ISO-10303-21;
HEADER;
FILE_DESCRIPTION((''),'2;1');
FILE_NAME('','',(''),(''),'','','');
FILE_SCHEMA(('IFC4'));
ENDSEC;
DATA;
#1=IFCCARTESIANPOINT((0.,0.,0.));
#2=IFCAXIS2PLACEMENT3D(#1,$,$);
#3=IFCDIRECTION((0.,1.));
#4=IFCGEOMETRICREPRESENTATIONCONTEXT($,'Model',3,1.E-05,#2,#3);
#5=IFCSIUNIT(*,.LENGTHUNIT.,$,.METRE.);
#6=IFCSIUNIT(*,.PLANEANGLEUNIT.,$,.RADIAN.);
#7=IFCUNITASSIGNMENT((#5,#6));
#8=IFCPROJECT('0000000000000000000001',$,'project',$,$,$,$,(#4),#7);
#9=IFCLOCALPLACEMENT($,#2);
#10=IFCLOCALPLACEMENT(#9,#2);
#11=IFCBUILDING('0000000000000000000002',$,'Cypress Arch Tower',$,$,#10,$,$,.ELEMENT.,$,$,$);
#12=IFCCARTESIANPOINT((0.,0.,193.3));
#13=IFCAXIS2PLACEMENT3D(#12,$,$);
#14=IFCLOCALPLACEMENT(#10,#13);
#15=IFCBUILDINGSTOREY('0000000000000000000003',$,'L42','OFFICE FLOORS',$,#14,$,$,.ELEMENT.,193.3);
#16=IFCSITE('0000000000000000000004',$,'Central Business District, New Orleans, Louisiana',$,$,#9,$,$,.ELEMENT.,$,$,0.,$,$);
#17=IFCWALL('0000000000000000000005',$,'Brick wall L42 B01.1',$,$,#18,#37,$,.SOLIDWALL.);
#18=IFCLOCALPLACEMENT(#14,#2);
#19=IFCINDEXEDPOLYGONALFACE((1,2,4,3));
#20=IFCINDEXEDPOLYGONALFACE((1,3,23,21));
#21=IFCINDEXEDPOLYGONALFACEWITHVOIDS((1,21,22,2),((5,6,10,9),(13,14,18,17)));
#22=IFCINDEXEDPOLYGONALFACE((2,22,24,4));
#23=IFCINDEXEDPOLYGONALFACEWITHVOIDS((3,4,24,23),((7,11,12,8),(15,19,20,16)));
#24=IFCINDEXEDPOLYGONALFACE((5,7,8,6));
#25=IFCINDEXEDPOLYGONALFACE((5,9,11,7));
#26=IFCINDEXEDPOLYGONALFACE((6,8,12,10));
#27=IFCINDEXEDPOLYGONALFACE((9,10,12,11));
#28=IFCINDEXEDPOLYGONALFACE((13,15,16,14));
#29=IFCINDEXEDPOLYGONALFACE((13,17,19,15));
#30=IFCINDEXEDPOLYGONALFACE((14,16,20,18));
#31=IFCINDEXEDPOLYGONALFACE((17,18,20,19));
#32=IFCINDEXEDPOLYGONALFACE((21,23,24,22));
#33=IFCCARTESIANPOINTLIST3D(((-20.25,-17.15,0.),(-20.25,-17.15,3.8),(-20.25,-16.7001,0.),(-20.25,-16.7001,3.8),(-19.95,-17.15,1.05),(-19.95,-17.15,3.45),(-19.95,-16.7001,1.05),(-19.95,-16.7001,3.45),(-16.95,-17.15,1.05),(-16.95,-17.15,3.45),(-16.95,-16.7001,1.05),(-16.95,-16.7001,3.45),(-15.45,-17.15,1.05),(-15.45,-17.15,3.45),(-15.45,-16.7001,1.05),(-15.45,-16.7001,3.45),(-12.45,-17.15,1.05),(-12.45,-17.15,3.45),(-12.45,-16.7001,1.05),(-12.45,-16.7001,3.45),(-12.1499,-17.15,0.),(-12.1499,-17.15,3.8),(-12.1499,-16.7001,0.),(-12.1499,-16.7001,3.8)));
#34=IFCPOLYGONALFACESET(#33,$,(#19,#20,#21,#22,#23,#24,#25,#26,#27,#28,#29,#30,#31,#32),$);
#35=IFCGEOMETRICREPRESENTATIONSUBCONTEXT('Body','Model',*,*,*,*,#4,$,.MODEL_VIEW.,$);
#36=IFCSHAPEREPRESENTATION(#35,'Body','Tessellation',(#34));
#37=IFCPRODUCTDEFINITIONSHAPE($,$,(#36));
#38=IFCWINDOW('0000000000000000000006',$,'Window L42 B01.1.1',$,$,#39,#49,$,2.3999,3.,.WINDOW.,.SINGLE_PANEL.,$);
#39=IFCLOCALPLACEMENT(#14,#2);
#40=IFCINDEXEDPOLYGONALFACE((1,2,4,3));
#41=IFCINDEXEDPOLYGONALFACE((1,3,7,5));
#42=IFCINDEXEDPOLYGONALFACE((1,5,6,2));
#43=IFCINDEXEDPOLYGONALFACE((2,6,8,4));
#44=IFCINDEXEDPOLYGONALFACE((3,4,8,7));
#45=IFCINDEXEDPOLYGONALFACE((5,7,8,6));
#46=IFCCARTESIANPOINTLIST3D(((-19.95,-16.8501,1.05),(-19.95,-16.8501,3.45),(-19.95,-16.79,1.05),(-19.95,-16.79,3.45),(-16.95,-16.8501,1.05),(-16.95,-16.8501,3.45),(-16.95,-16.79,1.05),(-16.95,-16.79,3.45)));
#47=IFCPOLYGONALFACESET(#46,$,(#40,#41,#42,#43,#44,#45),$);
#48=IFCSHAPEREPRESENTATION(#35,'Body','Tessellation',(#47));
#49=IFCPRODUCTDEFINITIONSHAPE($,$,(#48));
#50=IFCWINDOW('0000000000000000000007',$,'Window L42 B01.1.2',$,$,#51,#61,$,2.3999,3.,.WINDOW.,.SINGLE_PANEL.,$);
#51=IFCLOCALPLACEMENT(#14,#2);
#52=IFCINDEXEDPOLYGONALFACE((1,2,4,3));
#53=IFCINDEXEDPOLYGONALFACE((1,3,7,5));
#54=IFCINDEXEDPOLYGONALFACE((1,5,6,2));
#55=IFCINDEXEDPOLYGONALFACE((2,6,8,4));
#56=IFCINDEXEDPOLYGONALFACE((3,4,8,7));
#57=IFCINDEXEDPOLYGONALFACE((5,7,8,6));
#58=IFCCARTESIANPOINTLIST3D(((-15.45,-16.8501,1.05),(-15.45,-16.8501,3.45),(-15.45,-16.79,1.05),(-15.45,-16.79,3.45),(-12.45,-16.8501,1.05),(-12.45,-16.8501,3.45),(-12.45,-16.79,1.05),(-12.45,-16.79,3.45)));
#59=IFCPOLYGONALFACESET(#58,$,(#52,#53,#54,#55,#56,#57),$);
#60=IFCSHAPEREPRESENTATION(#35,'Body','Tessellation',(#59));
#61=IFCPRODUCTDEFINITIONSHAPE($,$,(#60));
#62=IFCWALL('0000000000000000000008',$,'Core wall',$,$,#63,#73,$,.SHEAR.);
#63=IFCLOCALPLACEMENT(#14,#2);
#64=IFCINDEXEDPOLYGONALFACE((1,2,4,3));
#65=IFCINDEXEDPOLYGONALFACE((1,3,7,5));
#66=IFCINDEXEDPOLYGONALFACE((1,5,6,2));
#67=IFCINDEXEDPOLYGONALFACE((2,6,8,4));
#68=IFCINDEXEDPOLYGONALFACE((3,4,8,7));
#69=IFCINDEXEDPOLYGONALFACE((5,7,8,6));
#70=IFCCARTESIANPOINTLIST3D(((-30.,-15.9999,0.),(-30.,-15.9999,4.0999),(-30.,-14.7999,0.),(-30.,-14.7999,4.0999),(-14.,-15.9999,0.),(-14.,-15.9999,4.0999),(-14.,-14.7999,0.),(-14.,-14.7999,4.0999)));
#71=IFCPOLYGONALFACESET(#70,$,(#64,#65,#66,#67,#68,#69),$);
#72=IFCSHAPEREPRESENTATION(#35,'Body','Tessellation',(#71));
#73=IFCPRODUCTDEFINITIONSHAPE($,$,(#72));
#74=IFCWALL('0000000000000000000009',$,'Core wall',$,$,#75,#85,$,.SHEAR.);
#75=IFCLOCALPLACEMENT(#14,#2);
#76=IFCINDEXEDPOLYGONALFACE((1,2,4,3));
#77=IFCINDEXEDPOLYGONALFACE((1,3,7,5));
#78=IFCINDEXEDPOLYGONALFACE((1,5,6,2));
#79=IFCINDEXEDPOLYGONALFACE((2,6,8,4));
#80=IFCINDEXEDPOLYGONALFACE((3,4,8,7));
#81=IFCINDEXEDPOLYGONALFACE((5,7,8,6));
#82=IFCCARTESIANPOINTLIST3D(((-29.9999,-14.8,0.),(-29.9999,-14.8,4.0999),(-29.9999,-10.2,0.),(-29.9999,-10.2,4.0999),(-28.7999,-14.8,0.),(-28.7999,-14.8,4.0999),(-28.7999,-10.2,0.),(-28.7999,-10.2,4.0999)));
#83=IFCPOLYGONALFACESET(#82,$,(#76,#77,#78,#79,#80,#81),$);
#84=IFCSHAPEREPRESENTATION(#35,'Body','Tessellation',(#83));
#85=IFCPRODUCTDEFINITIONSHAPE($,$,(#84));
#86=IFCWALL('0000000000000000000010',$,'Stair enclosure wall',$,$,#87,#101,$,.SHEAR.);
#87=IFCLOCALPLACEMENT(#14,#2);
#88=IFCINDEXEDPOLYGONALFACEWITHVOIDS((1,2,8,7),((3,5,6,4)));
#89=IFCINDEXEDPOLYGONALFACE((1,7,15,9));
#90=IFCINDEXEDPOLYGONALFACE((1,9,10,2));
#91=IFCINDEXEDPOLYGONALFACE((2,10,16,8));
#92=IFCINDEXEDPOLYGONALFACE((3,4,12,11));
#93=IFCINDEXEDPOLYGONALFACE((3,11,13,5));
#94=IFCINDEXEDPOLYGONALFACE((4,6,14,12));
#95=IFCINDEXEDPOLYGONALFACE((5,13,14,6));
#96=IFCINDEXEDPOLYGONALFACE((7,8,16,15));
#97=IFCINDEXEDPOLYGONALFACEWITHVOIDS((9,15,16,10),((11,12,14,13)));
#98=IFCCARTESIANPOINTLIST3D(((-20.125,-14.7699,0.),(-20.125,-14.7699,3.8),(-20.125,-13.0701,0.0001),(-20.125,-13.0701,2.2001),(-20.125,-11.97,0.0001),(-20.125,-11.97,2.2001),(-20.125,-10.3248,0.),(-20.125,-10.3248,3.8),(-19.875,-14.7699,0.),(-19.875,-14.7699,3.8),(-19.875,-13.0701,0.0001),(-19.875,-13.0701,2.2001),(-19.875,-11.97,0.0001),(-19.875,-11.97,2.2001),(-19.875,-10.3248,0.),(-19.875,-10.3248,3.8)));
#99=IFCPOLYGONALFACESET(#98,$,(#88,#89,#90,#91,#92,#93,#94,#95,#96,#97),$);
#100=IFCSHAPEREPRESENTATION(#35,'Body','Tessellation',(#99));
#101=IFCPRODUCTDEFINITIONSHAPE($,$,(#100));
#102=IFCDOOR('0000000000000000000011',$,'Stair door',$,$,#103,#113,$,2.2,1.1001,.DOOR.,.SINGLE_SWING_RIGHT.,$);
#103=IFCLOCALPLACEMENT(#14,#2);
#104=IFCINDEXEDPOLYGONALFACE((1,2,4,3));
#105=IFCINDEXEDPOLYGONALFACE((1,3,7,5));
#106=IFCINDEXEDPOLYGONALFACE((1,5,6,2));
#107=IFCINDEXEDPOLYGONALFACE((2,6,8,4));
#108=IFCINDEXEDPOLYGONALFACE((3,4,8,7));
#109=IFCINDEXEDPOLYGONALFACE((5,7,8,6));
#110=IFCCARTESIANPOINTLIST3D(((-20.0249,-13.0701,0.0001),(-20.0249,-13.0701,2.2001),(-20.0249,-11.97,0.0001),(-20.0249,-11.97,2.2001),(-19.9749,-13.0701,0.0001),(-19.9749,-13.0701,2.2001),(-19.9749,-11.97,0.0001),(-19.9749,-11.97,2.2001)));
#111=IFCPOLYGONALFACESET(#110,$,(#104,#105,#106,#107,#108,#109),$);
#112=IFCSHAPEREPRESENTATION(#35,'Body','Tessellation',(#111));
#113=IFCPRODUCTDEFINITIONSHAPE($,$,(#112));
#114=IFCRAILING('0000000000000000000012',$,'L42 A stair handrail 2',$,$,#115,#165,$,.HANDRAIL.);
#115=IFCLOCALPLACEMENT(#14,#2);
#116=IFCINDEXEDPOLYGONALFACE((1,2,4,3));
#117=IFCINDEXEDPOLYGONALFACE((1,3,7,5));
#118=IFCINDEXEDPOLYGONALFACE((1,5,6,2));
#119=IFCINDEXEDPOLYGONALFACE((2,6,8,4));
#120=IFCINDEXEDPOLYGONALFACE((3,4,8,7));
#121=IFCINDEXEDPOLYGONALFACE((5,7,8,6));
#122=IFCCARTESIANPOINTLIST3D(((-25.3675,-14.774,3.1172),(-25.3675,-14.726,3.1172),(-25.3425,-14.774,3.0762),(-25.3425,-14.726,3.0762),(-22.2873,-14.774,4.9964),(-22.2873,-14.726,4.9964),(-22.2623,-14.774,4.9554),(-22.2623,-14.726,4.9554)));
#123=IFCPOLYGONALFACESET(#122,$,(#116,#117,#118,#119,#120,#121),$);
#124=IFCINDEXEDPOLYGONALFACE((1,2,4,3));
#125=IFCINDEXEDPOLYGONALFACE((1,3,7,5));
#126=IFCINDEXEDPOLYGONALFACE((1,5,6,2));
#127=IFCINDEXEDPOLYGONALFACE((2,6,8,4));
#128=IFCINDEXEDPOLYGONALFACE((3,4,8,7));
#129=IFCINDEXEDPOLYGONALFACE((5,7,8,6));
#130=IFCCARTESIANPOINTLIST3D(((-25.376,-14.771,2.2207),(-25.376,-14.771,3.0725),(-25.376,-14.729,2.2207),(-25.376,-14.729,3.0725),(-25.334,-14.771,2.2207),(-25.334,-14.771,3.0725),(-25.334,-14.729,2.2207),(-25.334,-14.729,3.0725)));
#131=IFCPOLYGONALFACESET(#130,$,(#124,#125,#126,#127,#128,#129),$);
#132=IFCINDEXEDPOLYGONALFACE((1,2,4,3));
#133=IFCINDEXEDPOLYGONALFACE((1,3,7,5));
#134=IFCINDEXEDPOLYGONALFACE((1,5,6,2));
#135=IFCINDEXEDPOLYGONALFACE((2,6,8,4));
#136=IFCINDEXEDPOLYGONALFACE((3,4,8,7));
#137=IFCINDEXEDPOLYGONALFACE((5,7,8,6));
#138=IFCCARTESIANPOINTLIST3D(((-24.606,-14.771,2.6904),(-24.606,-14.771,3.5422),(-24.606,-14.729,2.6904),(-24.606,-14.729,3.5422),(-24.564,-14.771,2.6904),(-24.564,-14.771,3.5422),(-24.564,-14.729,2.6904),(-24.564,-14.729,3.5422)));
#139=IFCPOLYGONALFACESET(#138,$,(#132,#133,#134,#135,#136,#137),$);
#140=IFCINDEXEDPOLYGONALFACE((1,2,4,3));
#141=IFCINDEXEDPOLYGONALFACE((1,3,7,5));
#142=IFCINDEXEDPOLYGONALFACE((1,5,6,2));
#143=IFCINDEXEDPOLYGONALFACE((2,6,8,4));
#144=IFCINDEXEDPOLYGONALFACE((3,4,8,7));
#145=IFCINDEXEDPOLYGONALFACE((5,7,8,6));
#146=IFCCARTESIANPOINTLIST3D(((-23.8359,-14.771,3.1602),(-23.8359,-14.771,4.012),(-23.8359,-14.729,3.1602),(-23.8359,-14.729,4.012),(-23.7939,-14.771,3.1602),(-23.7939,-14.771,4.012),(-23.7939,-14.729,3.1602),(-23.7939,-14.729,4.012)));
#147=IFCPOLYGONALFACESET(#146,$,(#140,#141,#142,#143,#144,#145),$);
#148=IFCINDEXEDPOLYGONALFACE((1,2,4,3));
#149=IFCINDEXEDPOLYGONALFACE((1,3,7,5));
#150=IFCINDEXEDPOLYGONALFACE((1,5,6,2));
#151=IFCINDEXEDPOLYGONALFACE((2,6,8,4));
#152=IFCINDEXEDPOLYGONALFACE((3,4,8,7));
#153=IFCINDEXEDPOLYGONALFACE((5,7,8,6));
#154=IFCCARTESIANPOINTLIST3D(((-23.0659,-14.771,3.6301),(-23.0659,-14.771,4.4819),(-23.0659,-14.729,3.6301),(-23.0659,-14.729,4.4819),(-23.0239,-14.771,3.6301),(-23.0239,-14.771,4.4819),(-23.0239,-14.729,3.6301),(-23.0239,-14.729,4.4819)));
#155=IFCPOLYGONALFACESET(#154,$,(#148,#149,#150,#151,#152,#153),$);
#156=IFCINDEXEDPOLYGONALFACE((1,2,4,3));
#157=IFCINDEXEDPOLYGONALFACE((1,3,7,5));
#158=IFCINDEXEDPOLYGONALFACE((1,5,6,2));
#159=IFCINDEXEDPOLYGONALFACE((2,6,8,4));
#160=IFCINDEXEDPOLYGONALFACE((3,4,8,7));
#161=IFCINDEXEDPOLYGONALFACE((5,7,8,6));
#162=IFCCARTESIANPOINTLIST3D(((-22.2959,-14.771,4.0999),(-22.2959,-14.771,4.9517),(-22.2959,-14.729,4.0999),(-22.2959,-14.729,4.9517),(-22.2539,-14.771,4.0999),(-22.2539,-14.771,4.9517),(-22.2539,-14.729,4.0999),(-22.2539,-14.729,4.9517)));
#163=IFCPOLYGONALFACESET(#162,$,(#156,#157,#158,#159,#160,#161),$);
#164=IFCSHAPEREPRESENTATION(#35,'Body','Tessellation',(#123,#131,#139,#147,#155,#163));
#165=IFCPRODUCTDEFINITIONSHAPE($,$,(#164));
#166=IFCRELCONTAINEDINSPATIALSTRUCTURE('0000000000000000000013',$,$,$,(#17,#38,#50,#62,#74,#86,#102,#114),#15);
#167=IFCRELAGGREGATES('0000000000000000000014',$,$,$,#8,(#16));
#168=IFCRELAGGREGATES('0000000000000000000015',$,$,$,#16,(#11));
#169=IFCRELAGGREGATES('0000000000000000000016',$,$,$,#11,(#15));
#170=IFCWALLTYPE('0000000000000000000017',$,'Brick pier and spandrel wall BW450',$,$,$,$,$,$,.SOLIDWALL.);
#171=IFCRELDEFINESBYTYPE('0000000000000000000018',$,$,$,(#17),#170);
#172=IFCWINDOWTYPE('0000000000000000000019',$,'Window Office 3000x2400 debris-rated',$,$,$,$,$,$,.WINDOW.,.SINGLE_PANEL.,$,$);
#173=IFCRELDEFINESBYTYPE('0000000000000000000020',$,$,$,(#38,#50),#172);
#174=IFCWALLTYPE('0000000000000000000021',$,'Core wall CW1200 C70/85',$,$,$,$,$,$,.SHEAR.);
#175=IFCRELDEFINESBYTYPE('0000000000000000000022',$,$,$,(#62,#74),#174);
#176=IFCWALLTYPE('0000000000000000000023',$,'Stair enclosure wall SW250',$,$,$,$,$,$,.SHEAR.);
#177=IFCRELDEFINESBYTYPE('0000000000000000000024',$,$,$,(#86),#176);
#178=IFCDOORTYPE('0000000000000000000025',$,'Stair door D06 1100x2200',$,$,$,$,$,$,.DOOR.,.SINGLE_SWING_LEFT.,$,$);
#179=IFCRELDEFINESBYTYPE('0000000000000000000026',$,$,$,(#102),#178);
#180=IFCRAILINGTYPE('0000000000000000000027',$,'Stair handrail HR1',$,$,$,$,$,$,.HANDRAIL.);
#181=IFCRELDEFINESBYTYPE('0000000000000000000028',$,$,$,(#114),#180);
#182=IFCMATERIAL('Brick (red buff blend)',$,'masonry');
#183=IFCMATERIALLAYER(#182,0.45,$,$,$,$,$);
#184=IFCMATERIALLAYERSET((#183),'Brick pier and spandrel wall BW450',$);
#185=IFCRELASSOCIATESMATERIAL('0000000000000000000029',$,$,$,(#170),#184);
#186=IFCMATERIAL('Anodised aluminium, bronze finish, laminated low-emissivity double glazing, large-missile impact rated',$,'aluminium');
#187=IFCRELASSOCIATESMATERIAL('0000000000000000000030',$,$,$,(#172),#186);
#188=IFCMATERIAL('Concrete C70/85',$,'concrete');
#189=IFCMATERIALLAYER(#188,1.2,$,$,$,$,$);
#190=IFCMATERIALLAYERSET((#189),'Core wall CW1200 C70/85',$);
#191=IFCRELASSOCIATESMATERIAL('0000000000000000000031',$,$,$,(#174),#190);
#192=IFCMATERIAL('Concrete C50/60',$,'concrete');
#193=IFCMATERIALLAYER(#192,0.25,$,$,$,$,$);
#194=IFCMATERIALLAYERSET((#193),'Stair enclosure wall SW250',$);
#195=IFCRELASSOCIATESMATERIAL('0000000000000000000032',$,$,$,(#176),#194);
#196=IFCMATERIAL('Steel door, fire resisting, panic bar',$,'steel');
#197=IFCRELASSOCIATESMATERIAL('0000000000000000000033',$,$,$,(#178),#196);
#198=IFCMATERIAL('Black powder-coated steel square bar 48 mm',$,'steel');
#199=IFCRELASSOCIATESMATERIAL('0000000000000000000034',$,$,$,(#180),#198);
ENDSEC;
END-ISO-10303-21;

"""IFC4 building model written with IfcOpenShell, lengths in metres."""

from ifc_helpers import new_model, si_unit, direction, frame, frame_2d, origin, origin_2d, place, context, subcontext, project, spatial, rectangle, extrude, material, layer, layer_set, type_object, element, fill, save


model = new_model("IFC4")

# Units and contexts
model_context = context("Model", 3, precision=1e-05, world=origin(), true_north=direction((0.0, 1.0)))
body_context = subcontext(model_context, "Body", "Model", "MODEL_VIEW")
ifc_project = project(units=[si_unit("LENGTHUNIT", "METRE"), si_unit("PLANEANGLEUNIT", "RADIAN")], contexts=[model_context])

# Site, building, storey
site_placement = place(None, origin())
site = spatial("IfcSite", under=ifc_project, at=site_placement, Name="Central Business District, New Orleans, Louisiana", CompositionType="ELEMENT", RefElevation=0.0)
building_placement = place(site_placement, origin())
building = spatial("IfcBuilding", under=site, at=building_placement, Name="Cypress Arch Tower", CompositionType="ELEMENT")
storey_placement = place(building_placement, frame((0.0, 0.0, 193.3)))
storey = spatial("IfcBuildingStorey", under=building, at=storey_placement, Name="L42", Description="OFFICE FLOORS", CompositionType="ELEMENT", Elevation=193.3)

# Shared definitions
ifc_material_1 = material(Name="Brick (red buff blend)", Category="masonry")
ifc_layer_1 = layer(ifc_material_1, 0.45)
ifc_layer_set_1 = layer_set([ifc_layer_1], Name="Brick pier and spandrel wall BW450")
wall_type_1 = type_object("IfcWallType", Name="Brick pier and spandrel wall BW450", PredefinedType="SOLIDWALL", material=ifc_layer_set_1)
ifc_material_2 = material(Name="Anodised aluminium, bronze finish, laminated low-emissivity double glazing, large-missile impact rated", Category="aluminium")
window_type = type_object("IfcWindowType", Name="Window Office 3000x2400 debris-rated", PartitioningType="SINGLE_PANEL", PredefinedType="WINDOW", material=ifc_material_2)

# Wall, openings, windows
wall_1_placement = place(storey_placement, frame((-20.25, -16.925, 0.0), z_axis=(0.0, 0.0, 1.0), x_axis=(1.0, 0.0, 0.0)))
wall_1 = element("IfcWall", 1, at=wall_1_placement, inside=storey, type_object=wall_type_1, Name="Brick wall L42 B01.1", PredefinedType="SOLIDWALL", context=body_context, shape_type="SweptSolid", body=[
    extrude(rectangle(XDim=8.1001, YDim=0.45, at=frame_2d((4.05, 0.0))), origin(), (0.0, 0.0, 1.0), 3.8),
])
opening_1_placement = place(wall_1_placement, frame((0.3, 0.0, 1.05)))
opening_1 = element("IfcOpeningElement", 2, at=opening_1_placement, cuts=wall_1, PredefinedType="OPENING", context=body_context, shape_type="SweptSolid", body=[
    extrude(rectangle(XDim=3.0, YDim=2.3999, at=frame_2d((1.5, 1.2))), frame((0.0, 0.2349, 0.0), z_axis=(0.0, -1.0, 0.0), x_axis=(1.0, 0.0, 0.0)), (0.0, 0.0, 1.0), 0.47),
])
opening_2_placement = place(wall_1_placement, frame((4.8, 0.0, 1.05)))
opening_2 = element("IfcOpeningElement", 3, at=opening_2_placement, cuts=wall_1, PredefinedType="OPENING", context=body_context, shape_type="SweptSolid", body=[
    extrude(rectangle(XDim=3.0, YDim=2.3999, at=frame_2d((1.5, 1.2))), frame((0.0, 0.2349, 0.0), z_axis=(0.0, -1.0, 0.0), x_axis=(1.0, 0.0, 0.0)), (0.0, 0.0, 1.0), 0.47),
])
window_1_placement = place(opening_1_placement, origin())
window_1 = element("IfcWindow", 4, at=window_1_placement, inside=storey, type_object=window_type, Name="Window L42 B01.1.1", OverallHeight=2.3999, OverallWidth=3.0, PartitioningType="SINGLE_PANEL", PredefinedType="WINDOW", context=body_context, shape_type="SweptSolid", body=[
    extrude(rectangle(XDim=3.0, YDim=2.3999, at=frame_2d((1.5, 1.2))), frame((0.0, 0.135, 0.0), z_axis=(0.0, -1.0, 0.0), x_axis=(1.0, 0.0, 0.0)), (0.0, 0.0, 1.0), 0.0601),
])
fill(opening_1, window_1)
window_2_placement = place(opening_2_placement, origin())
window_2 = element("IfcWindow", 5, at=window_2_placement, inside=storey, type_object=window_type, Name="Window L42 B01.1.2", OverallHeight=2.3999, OverallWidth=3.0, PartitioningType="SINGLE_PANEL", PredefinedType="WINDOW", context=body_context, shape_type="SweptSolid", body=[
    extrude(rectangle(XDim=3.0, YDim=2.3999, at=frame_2d((1.5, 1.2))), frame((0.0, 0.135, 0.0), z_axis=(0.0, -1.0, 0.0), x_axis=(1.0, 0.0, 0.0)), (0.0, 0.0, 1.0), 0.0601),
])
fill(opening_2, window_2)

# Walls
ifc_material_3 = material(Name="Concrete C70/85", Category="concrete")
ifc_layer_2 = layer(ifc_material_3, 1.2)
ifc_layer_set_2 = layer_set([ifc_layer_2], Name="Core wall CW1200 C70/85")
wall_type_2 = type_object("IfcWallType", Name="Core wall CW1200 C70/85", PredefinedType="SHEAR", material=ifc_layer_set_2)
wall_2_placement = place(storey_placement, frame((-30.0, -15.3999, 0.0), z_axis=(0.0, 0.0, 1.0), x_axis=(1.0, 0.0, 0.0)))
element("IfcWall", 6, at=wall_2_placement, inside=storey, type_object=wall_type_2, Name="Core wall", PredefinedType="SHEAR", context=body_context, shape_type="SweptSolid", body=[
    extrude(rectangle(XDim=16.0, YDim=1.2, at=frame_2d((8.0, 0.0))), origin(), (0.0, 0.0, 1.0), 4.0999),
])
wall_3_placement = place(storey_placement, frame((-29.3999, -14.8, 0.0), z_axis=(0.0, 0.0, 1.0), x_axis=(0.0, 1.0, 0.0)))
element("IfcWall", 7, at=wall_3_placement, inside=storey, type_object=wall_type_2, Name="Core wall", PredefinedType="SHEAR", context=body_context, shape_type="SweptSolid", body=[
    extrude(rectangle(XDim=4.6001, YDim=1.2, at=frame_2d((2.3, 0.0))), origin(), (0.0, 0.0, 1.0), 4.0999),
])

# Wall, opening, door
ifc_material_4 = material(Name="Concrete C50/60", Category="concrete")
ifc_layer_3 = layer(ifc_material_4, 0.25)
ifc_layer_set_3 = layer_set([ifc_layer_3], Name="Stair enclosure wall SW250")
wall_type_3 = type_object("IfcWallType", Name="Stair enclosure wall SW250", PredefinedType="SHEAR", material=ifc_layer_set_3)
wall_4_placement = place(storey_placement, frame((-20.0, -14.77, 0.0), z_axis=(0.0, 0.0, 1.0), x_axis=(0.0, 1.0, 0.0)))
wall_4 = element("IfcWall", 8, at=wall_4_placement, inside=storey, type_object=wall_type_3, Name="Stair enclosure wall", PredefinedType="SHEAR", context=body_context, shape_type="SweptSolid", body=[
    extrude(rectangle(XDim=4.4451, YDim=0.25, at=frame_2d((2.2227, 0.0))), origin(), (0.0, 0.0, 1.0), 3.8),
])
opening_3_placement = place(wall_4_placement, frame((1.7, 0.0, 0.0)))
opening_3 = element("IfcOpeningElement", 9, at=opening_3_placement, cuts=wall_4, PredefinedType="OPENING", context=body_context, shape_type="SweptSolid", body=[
    extrude(rectangle(XDim=1.1001, YDim=2.2, at=frame_2d((0.55, 1.1001))), frame((0.0, 0.135, 0.0), z_axis=(0.0, -1.0, 0.0), x_axis=(1.0, 0.0, 0.0)), (0.0, 0.0, 1.0), 0.27),
])
ifc_material_5 = material(Name="Steel door, fire resisting, panic bar", Category="steel")
door_type_1 = type_object("IfcDoorType", Name="Stair door D06 1100x2200", OperationType="SINGLE_SWING_LEFT", PredefinedType="DOOR", material=ifc_material_5)
door_1_placement = place(opening_3_placement, origin())
door_1 = element("IfcDoor", 10, at=door_1_placement, inside=storey, type_object=door_type_1, Name="Stair door", OperationType="SINGLE_SWING_RIGHT", OverallHeight=2.2, OverallWidth=1.1001, PredefinedType="DOOR", context=body_context, shape_type="SweptSolid", body=[
    extrude(rectangle(XDim=1.1001, YDim=2.2, at=frame_2d((0.55, 1.1001))), frame((0.0, 0.0249, 0.0), z_axis=(0.0, -1.0, 0.0), x_axis=(1.0, 0.0, 0.0)), (0.0, 0.0, 1.0), 0.05),
])
fill(opening_3, door_1)

# Railing
ifc_material_6 = material(Name="Black powder-coated steel square bar 48 mm", Category="steel")
railing_type_1 = type_object("IfcRailingType", Name="Stair handrail HR1", PredefinedType="HANDRAIL", material=ifc_material_6)
railing_1_placement = place(storey_placement, frame((-25.355, -14.75, 2.2207)))
element("IfcRailing", 11, at=railing_1_placement, inside=storey, type_object=railing_type_1, Name="L42 A stair handrail 2", PredefinedType="HANDRAIL", context=body_context, shape_type="SweptSolid", body=[
    extrude(rectangle(XDim=0.0481, YDim=0.0481, at=origin_2d()), frame((0.0, 0.0, 0.876), z_axis=(0.853666, 0.0, 0.52082), x_axis=(0.0, 1.0, 0.0)), (0.0, 0.0, 1.0), 3.6082),
    extrude(rectangle(XDim=0.042, YDim=0.042, at=origin_2d()), origin(), (0.0, 0.0, 1.0), 0.8518),
    extrude(rectangle(XDim=0.042, YDim=0.042, at=origin_2d()), frame((0.77, 0.0, 0.4697)), (0.0, 0.0, 1.0), 0.8518),
    extrude(rectangle(XDim=0.042, YDim=0.042, at=origin_2d()), frame((1.54, 0.0, 0.9395)), (0.0, 0.0, 1.0), 0.8518),
    extrude(rectangle(XDim=0.042, YDim=0.042, at=origin_2d()), frame((2.3101, 0.0, 1.4094)), (0.0, 0.0, 1.0), 0.8518),
    extrude(rectangle(XDim=0.042, YDim=0.042, at=origin_2d()), frame((3.0801, 0.0, 1.8792)), (0.0, 0.0, 1.0), 0.8518),
])

save(model, "model.ifc")
